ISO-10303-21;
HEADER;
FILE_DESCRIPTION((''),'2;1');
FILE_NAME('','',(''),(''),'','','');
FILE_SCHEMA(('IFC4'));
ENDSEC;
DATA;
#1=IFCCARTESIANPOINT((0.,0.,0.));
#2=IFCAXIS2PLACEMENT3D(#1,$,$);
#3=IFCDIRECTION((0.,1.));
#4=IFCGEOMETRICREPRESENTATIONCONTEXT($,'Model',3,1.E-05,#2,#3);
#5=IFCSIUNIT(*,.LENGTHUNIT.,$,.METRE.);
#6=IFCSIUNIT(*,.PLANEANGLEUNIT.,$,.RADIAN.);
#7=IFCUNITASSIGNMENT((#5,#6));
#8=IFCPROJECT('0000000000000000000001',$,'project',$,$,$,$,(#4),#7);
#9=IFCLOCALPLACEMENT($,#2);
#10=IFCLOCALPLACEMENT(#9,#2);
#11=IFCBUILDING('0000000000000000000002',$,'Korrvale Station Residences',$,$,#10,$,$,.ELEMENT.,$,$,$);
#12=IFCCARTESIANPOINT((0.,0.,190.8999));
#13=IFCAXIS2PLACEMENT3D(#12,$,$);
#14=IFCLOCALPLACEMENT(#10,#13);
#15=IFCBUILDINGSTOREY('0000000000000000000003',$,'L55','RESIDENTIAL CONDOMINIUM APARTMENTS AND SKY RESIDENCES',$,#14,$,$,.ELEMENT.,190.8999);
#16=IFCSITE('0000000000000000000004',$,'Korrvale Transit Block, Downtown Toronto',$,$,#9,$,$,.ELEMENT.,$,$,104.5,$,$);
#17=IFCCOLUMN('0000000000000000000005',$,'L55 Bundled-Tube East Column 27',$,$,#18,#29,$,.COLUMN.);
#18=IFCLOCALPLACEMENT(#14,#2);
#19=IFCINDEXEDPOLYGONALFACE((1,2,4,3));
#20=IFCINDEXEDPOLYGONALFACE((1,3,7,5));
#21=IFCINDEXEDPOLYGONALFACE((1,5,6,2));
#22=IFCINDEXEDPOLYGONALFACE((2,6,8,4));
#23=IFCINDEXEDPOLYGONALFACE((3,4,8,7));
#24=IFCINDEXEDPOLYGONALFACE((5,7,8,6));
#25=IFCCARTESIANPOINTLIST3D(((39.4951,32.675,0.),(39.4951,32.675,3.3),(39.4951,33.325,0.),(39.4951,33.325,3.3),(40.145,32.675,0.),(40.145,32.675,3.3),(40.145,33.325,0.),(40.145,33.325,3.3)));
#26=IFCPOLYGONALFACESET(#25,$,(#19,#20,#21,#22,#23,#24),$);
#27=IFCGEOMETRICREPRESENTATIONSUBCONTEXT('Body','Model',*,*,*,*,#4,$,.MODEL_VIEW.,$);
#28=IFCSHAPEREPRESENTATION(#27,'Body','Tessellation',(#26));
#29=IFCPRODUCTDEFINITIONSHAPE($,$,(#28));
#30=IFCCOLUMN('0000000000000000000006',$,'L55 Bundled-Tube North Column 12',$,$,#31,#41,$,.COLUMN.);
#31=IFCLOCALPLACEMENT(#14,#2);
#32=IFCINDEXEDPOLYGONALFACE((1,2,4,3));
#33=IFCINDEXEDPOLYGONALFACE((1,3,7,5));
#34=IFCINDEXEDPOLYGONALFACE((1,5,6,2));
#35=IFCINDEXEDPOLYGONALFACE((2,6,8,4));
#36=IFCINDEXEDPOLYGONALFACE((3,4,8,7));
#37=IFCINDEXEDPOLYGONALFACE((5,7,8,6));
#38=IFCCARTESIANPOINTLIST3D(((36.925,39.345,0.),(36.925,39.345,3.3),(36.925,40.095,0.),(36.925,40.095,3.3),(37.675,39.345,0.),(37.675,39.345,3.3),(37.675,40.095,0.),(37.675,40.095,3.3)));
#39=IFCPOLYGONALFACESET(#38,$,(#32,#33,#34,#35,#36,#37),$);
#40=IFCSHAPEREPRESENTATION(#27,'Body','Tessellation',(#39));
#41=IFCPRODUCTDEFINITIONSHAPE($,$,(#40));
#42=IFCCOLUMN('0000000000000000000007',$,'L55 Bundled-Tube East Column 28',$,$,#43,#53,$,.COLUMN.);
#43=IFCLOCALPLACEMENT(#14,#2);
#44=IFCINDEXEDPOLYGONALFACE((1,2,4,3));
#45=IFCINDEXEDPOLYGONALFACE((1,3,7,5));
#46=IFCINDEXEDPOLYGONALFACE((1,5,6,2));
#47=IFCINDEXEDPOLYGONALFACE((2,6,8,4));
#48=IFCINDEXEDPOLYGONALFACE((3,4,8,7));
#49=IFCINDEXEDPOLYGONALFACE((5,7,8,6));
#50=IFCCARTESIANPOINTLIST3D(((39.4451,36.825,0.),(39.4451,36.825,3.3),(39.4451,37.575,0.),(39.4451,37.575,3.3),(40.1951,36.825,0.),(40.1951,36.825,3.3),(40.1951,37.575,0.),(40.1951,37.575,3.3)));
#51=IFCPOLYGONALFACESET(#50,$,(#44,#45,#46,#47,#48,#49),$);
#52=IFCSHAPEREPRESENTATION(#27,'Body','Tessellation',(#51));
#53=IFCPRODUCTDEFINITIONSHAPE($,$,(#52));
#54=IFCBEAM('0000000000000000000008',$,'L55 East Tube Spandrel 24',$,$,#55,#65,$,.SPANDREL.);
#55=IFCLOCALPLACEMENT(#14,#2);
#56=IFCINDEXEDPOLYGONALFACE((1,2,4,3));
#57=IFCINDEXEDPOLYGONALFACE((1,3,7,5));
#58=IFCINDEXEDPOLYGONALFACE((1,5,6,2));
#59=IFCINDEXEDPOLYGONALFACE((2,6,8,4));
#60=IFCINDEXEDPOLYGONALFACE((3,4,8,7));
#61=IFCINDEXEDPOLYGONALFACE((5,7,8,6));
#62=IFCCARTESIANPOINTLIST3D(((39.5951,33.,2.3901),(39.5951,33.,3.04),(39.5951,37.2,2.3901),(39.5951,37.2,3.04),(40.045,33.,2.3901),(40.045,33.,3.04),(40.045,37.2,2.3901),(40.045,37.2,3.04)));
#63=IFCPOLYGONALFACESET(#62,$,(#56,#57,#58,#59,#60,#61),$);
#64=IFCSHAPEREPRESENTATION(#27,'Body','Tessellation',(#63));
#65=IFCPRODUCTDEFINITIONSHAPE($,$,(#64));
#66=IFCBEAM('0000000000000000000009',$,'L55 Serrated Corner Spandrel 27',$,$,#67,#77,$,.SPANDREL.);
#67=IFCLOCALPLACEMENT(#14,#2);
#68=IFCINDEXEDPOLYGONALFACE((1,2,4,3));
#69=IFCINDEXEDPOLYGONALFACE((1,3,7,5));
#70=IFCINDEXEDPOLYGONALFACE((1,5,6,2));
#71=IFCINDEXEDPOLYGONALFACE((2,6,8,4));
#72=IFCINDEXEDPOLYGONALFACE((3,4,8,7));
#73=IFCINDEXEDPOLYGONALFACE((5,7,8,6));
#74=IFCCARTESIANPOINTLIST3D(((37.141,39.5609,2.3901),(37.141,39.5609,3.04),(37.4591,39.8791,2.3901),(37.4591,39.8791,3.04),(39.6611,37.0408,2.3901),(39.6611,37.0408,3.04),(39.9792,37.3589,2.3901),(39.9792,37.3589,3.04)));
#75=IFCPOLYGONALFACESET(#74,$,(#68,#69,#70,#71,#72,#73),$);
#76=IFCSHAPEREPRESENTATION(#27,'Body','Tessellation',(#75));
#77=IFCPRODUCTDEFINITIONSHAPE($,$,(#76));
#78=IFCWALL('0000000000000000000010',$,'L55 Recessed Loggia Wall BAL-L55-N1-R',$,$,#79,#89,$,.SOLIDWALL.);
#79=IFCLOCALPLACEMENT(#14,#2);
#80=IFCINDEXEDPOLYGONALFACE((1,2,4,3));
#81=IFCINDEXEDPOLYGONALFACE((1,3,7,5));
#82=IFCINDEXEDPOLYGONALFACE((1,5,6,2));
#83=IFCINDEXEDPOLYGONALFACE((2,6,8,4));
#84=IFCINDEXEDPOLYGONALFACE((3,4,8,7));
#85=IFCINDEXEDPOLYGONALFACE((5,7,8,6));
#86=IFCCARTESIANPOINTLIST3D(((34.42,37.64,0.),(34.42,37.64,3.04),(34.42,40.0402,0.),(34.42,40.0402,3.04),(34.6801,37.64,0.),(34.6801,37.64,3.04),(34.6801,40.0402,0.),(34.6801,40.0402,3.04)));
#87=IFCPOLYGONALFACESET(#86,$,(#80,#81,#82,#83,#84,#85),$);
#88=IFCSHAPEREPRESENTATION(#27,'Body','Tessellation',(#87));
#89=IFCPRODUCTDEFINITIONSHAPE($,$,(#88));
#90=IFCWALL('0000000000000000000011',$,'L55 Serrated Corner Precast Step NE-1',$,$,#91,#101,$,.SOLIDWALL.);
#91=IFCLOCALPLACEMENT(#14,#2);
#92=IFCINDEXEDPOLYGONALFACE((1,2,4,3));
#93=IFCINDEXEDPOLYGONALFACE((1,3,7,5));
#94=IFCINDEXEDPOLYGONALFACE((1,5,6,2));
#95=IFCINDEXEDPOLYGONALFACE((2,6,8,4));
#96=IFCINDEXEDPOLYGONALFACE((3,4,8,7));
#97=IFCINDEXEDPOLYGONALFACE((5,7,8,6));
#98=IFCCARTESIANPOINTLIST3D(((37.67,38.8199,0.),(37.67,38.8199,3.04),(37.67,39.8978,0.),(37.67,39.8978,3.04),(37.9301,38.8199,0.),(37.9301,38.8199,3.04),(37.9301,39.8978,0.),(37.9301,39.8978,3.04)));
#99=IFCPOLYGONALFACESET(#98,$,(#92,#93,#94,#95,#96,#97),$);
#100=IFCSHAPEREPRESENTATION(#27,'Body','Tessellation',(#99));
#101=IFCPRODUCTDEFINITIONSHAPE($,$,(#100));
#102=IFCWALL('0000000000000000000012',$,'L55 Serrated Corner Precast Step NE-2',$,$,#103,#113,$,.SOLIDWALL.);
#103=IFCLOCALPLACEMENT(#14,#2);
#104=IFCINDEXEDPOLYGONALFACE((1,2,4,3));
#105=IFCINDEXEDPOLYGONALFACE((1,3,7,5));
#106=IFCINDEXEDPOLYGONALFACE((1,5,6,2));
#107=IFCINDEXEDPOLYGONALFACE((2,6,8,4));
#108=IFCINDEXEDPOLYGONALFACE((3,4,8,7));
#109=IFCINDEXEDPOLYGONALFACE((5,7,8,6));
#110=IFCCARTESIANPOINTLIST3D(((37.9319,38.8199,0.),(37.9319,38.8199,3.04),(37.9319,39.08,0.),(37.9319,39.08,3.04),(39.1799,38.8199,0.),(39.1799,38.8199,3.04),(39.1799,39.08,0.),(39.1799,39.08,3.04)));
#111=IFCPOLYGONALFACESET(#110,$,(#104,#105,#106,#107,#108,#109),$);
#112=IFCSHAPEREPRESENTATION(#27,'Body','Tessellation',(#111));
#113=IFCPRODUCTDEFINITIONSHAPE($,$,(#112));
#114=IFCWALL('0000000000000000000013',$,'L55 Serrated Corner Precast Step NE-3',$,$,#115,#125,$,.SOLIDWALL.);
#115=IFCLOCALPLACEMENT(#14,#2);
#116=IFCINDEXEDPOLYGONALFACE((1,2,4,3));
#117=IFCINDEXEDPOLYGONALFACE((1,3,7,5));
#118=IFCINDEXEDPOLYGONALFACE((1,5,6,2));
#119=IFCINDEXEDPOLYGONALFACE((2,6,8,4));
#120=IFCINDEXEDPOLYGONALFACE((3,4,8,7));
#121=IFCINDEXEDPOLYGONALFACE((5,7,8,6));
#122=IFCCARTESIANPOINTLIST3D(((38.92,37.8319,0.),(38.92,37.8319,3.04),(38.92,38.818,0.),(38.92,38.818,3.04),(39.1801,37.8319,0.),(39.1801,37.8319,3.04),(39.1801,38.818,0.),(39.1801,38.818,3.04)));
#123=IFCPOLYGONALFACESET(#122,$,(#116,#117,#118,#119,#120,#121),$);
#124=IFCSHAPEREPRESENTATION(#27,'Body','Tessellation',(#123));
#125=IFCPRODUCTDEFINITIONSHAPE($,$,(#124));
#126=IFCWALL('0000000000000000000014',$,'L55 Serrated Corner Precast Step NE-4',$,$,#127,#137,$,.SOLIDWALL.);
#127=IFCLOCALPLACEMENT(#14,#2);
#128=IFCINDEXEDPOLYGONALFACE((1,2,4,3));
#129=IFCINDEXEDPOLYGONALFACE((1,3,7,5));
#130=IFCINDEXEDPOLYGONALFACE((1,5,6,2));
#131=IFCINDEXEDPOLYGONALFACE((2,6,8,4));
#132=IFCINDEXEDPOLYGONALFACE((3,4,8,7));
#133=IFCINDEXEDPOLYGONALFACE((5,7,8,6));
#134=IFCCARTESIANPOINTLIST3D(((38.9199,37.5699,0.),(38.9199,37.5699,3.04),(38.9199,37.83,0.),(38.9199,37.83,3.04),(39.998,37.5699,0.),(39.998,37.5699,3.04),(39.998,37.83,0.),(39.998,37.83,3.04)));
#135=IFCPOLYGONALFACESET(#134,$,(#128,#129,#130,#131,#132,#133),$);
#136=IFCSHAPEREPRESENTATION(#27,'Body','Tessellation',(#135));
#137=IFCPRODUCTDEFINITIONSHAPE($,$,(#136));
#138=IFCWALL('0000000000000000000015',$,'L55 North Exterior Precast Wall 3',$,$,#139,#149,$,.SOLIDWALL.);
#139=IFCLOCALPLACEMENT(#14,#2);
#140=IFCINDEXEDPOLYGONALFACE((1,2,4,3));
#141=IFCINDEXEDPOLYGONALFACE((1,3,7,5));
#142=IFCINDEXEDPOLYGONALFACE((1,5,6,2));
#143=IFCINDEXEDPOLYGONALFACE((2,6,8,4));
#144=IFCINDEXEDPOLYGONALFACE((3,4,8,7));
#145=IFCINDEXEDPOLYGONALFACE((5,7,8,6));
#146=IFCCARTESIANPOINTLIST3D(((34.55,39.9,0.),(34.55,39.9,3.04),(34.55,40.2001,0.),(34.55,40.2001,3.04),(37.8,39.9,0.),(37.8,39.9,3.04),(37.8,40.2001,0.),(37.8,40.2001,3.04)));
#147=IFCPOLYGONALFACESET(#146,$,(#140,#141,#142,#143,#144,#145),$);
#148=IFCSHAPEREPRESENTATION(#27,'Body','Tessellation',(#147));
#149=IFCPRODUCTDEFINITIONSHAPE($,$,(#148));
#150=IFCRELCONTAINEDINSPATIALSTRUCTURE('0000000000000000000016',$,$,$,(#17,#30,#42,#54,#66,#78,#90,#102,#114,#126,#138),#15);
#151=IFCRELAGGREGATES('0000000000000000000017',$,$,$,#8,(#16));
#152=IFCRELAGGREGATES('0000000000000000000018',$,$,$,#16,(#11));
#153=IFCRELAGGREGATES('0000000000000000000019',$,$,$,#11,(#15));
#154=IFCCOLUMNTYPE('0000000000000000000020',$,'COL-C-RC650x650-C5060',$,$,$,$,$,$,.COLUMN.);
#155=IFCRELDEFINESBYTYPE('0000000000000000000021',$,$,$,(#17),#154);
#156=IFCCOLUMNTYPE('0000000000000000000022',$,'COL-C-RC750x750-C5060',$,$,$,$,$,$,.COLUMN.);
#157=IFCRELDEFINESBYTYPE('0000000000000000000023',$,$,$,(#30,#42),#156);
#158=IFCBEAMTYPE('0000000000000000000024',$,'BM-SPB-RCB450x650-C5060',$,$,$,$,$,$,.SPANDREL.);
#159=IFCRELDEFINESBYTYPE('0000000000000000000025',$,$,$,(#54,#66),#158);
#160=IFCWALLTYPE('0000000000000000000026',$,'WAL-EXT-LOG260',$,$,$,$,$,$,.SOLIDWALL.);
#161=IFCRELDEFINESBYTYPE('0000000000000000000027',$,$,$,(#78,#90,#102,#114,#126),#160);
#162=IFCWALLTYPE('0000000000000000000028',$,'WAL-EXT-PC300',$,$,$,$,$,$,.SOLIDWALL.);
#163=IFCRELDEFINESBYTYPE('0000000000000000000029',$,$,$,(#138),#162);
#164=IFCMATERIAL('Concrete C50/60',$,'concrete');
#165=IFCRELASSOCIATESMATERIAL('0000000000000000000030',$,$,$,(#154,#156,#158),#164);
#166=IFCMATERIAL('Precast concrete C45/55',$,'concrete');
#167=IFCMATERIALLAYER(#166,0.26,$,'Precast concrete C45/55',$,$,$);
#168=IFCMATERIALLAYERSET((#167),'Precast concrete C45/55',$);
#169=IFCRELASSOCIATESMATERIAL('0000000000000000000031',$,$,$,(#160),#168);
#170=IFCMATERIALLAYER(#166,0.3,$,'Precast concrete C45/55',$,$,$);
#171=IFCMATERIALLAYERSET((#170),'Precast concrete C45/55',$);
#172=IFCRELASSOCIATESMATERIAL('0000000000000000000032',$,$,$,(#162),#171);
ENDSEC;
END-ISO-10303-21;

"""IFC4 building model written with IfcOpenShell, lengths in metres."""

from ifc_helpers import new_model, si_unit, direction, frame, frame_2d, origin, origin_2d, place, context, subcontext, project, spatial, rectangle, extrude, material, layer, layer_set, material_profile, profile_set, type_object, element, save


model = new_model("IFC4")

# Units and contexts
model_context = context("Model", 3, precision=1e-05, world=origin(), true_north=direction((0.0, 1.0)))
body_context = subcontext(model_context, "Body", "Model", "MODEL_VIEW")
ifc_project = project(units=[si_unit("LENGTHUNIT", "METRE"), si_unit("PLANEANGLEUNIT", "RADIAN")], contexts=[model_context])

# Site, building, storey
site_placement = place(None, origin())
site = spatial("IfcSite", under=ifc_project, at=site_placement, Name="Korrvale Transit Block, Downtown Toronto", CompositionType="ELEMENT", RefElevation=104.5)
building_placement = place(site_placement, origin())
building = spatial("IfcBuilding", under=site, at=building_placement, Name="Korrvale Station Residences", CompositionType="ELEMENT")
storey_placement = place(building_placement, frame((0.0, 0.0, 190.8999)))
storey = spatial("IfcBuildingStorey", under=building, at=storey_placement, Name="L55", Description="RESIDENTIAL CONDOMINIUM APARTMENTS AND SKY RESIDENCES", CompositionType="ELEMENT", Elevation=190.8999)

# Columns
ifc_material_1 = material(Name="Concrete C50/60", Category="concrete")
ifc_material_profile_1 = material_profile(ifc_material_1, rectangle(XDim=0.6499, YDim=0.6499, at=origin_2d()), Name="RC650x650")
ifc_profile_set_1 = profile_set([ifc_material_profile_1], Name="Concrete C50/60")
column_type_1 = type_object("IfcColumnType", Name="COL-C-RC650x650-C5060", PredefinedType="COLUMN", material=ifc_profile_set_1)
column_placement = place(storey_placement, frame((39.8201, 33.0, 0.0), z_axis=(0.0, 0.0, 1.0), x_axis=(1.0, 0.0, 0.0)))
element("IfcColumn", 1, at=column_placement, inside=storey, type_object=column_type_1, Name="L55 Bundled-Tube East Column 27", PredefinedType="COLUMN", context=body_context, shape_type="SweptSolid", body=[
    extrude(rectangle(XDim=0.6499, YDim=0.6499, at=origin_2d()), origin(), (0.0, 0.0, 1.0), 3.3),
])
ifc_material_profile_2 = material_profile(ifc_material_1, rectangle(XDim=0.75, YDim=0.75, at=origin_2d()), Name="RC750x750")
ifc_profile_set_2 = profile_set([ifc_material_profile_2], Name="Concrete C50/60")
column_type_2 = type_object("IfcColumnType", Name="COL-C-RC750x750-C5060", PredefinedType="COLUMN", material=ifc_profile_set_2)
for number, where, z_axis, x_axis, name in (
    (2, (37.3, 39.72, 0.0), (0.0, 0.0, 1.0), (1.0, 0.0, 0.0), "L55 Bundled-Tube North Column 12"),
    (3, (39.8201, 37.2, 0.0), (0.0, 0.0, 1.0), (1.0, 0.0, 0.0), "L55 Bundled-Tube East Column 28"),
):
    element("IfcColumn", number, at=place(storey_placement, frame(where, z_axis=z_axis, x_axis=x_axis)), inside=storey, type_object=column_type_2, Name=name, PredefinedType="COLUMN", context=body_context, shape_type="SweptSolid", body=[
        extrude(rectangle(XDim=0.75, YDim=0.75, at=origin_2d()), origin(), (0.0, 0.0, 1.0), 3.3),
    ])

# Beams
ifc_material_profile_3 = material_profile(ifc_material_1, rectangle(XDim=0.45, YDim=0.6499, at=origin_2d()), Name="RCB450x650")
ifc_profile_set_3 = profile_set([ifc_material_profile_3], Name="Concrete C50/60")
beam_type = type_object("IfcBeamType", Name="BM-SPB-RCB450x650-C5060", PredefinedType="SPANDREL", material=ifc_profile_set_3)
beam_1_placement = place(storey_placement, frame((39.8201, 33.0, 2.7151), z_axis=(0.0, 1.0, 0.0), x_axis=(-1.0, 0.0, 0.0)))
element("IfcBeam", 4, at=beam_1_placement, inside=storey, type_object=beam_type, Name="L55 East Tube Spandrel 24", PredefinedType="SPANDREL", context=body_context, shape_type="SweptSolid", body=[
    extrude(rectangle(XDim=0.45, YDim=0.6499, at=origin_2d()), origin(), (0.0, 0.0, 1.0), 4.2),
])
beam_2_placement = place(storey_placement, frame((37.3, 39.72, 2.7151), z_axis=(0.707107, -0.707107, 0.0), x_axis=(0.707107, 0.707107, 0.0)))
element("IfcBeam", 5, at=beam_2_placement, inside=storey, type_object=beam_type, Name="L55 Serrated Corner Spandrel 27", PredefinedType="SPANDREL", context=body_context, shape_type="SweptSolid", body=[
    extrude(rectangle(XDim=0.45, YDim=0.6499, at=origin_2d()), origin(), (0.0, 0.0, 1.0), 3.564),
])

# Walls
ifc_material_2 = material(Name="Precast concrete C45/55", Category="concrete")
ifc_layer_1 = layer(ifc_material_2, 0.26, Name="Precast concrete C45/55")
ifc_layer_set_1 = layer_set([ifc_layer_1], Name="Precast concrete C45/55")
wall_type_1 = type_object("IfcWallType", Name="WAL-EXT-LOG260", PredefinedType="SOLIDWALL", material=ifc_layer_set_1)
wall_1_placement = place(storey_placement, frame((34.55, 37.6399, 0.0), z_axis=(0.0, 0.0, 1.0), x_axis=(0.0, 1.0, 0.0)))
element("IfcWall", 6, at=wall_1_placement, inside=storey, type_object=wall_type_1, Name="L55 Recessed Loggia Wall BAL-L55-N1-R", PredefinedType="SOLIDWALL", context=body_context, shape_type="SweptSolid", body=[
    extrude(rectangle(XDim=2.4001, YDim=0.26, at=frame_2d((1.2002, 0.0))), origin(), (0.0, 0.0, 1.0), 3.04),
])
wall_2_placement = place(storey_placement, frame((37.8, 39.8979, 0.0), z_axis=(0.0, 0.0, 1.0), x_axis=(0.0, -1.0, 0.0)))
element("IfcWall", 7, at=wall_2_placement, inside=storey, type_object=wall_type_1, Name="L55 Serrated Corner Precast Step NE-1", PredefinedType="SOLIDWALL", context=body_context, shape_type="SweptSolid", body=[
    extrude(rectangle(XDim=1.0779, YDim=0.26, at=frame_2d((0.5391, 0.0))), origin(), (0.0, 0.0, 1.0), 3.04),
])
wall_3_placement = place(storey_placement, frame((37.9319, 38.95, 0.0), z_axis=(0.0, 0.0, 1.0), x_axis=(1.0, 0.0, 0.0)))
element("IfcWall", 8, at=wall_3_placement, inside=storey, type_object=wall_type_1, Name="L55 Serrated Corner Precast Step NE-2", PredefinedType="SOLIDWALL", context=body_context, shape_type="SweptSolid", body=[
    extrude(rectangle(XDim=1.248, YDim=0.26, at=frame_2d((0.624, 0.0))), origin(), (0.0, 0.0, 1.0), 3.04),
])
wall_4_placement = place(storey_placement, frame((39.05, 38.8181, 0.0), z_axis=(0.0, 0.0, 1.0), x_axis=(0.0, -1.0, 0.0)))
element("IfcWall", 9, at=wall_4_placement, inside=storey, type_object=wall_type_1, Name="L55 Serrated Corner Precast Step NE-3", PredefinedType="SOLIDWALL", context=body_context, shape_type="SweptSolid", body=[
    extrude(rectangle(XDim=0.9861, YDim=0.26, at=frame_2d((0.4932, 0.0))), origin(), (0.0, 0.0, 1.0), 3.04),
])
wall_5_placement = place(storey_placement, frame((38.9199, 37.7, 0.0), z_axis=(0.0, 0.0, 1.0), x_axis=(1.0, 0.0, 0.0)))
element("IfcWall", 10, at=wall_5_placement, inside=storey, type_object=wall_type_1, Name="L55 Serrated Corner Precast Step NE-4", PredefinedType="SOLIDWALL", context=body_context, shape_type="SweptSolid", body=[
    extrude(rectangle(XDim=1.0781, YDim=0.26, at=frame_2d((0.5391, 0.0))), origin(), (0.0, 0.0, 1.0), 3.04),
])
ifc_layer_2 = layer(ifc_material_2, 0.3, Name="Precast concrete C45/55")
ifc_layer_set_2 = layer_set([ifc_layer_2], Name="Precast concrete C45/55")
wall_type_2 = type_object("IfcWallType", Name="WAL-EXT-PC300", PredefinedType="SOLIDWALL", material=ifc_layer_set_2)
wall_6_placement = place(storey_placement, frame((34.55, 40.05, 0.0), z_axis=(0.0, 0.0, 1.0), x_axis=(1.0, 0.0, 0.0)))
element("IfcWall", 11, at=wall_6_placement, inside=storey, type_object=wall_type_2, Name="L55 North Exterior Precast Wall 3", PredefinedType="SOLIDWALL", context=body_context, shape_type="SweptSolid", body=[
    extrude(rectangle(XDim=3.25, YDim=0.3, at=frame_2d((1.625, 0.0))), origin(), (0.0, 0.0, 1.0), 3.04),
])

save(model, "model.ifc")
